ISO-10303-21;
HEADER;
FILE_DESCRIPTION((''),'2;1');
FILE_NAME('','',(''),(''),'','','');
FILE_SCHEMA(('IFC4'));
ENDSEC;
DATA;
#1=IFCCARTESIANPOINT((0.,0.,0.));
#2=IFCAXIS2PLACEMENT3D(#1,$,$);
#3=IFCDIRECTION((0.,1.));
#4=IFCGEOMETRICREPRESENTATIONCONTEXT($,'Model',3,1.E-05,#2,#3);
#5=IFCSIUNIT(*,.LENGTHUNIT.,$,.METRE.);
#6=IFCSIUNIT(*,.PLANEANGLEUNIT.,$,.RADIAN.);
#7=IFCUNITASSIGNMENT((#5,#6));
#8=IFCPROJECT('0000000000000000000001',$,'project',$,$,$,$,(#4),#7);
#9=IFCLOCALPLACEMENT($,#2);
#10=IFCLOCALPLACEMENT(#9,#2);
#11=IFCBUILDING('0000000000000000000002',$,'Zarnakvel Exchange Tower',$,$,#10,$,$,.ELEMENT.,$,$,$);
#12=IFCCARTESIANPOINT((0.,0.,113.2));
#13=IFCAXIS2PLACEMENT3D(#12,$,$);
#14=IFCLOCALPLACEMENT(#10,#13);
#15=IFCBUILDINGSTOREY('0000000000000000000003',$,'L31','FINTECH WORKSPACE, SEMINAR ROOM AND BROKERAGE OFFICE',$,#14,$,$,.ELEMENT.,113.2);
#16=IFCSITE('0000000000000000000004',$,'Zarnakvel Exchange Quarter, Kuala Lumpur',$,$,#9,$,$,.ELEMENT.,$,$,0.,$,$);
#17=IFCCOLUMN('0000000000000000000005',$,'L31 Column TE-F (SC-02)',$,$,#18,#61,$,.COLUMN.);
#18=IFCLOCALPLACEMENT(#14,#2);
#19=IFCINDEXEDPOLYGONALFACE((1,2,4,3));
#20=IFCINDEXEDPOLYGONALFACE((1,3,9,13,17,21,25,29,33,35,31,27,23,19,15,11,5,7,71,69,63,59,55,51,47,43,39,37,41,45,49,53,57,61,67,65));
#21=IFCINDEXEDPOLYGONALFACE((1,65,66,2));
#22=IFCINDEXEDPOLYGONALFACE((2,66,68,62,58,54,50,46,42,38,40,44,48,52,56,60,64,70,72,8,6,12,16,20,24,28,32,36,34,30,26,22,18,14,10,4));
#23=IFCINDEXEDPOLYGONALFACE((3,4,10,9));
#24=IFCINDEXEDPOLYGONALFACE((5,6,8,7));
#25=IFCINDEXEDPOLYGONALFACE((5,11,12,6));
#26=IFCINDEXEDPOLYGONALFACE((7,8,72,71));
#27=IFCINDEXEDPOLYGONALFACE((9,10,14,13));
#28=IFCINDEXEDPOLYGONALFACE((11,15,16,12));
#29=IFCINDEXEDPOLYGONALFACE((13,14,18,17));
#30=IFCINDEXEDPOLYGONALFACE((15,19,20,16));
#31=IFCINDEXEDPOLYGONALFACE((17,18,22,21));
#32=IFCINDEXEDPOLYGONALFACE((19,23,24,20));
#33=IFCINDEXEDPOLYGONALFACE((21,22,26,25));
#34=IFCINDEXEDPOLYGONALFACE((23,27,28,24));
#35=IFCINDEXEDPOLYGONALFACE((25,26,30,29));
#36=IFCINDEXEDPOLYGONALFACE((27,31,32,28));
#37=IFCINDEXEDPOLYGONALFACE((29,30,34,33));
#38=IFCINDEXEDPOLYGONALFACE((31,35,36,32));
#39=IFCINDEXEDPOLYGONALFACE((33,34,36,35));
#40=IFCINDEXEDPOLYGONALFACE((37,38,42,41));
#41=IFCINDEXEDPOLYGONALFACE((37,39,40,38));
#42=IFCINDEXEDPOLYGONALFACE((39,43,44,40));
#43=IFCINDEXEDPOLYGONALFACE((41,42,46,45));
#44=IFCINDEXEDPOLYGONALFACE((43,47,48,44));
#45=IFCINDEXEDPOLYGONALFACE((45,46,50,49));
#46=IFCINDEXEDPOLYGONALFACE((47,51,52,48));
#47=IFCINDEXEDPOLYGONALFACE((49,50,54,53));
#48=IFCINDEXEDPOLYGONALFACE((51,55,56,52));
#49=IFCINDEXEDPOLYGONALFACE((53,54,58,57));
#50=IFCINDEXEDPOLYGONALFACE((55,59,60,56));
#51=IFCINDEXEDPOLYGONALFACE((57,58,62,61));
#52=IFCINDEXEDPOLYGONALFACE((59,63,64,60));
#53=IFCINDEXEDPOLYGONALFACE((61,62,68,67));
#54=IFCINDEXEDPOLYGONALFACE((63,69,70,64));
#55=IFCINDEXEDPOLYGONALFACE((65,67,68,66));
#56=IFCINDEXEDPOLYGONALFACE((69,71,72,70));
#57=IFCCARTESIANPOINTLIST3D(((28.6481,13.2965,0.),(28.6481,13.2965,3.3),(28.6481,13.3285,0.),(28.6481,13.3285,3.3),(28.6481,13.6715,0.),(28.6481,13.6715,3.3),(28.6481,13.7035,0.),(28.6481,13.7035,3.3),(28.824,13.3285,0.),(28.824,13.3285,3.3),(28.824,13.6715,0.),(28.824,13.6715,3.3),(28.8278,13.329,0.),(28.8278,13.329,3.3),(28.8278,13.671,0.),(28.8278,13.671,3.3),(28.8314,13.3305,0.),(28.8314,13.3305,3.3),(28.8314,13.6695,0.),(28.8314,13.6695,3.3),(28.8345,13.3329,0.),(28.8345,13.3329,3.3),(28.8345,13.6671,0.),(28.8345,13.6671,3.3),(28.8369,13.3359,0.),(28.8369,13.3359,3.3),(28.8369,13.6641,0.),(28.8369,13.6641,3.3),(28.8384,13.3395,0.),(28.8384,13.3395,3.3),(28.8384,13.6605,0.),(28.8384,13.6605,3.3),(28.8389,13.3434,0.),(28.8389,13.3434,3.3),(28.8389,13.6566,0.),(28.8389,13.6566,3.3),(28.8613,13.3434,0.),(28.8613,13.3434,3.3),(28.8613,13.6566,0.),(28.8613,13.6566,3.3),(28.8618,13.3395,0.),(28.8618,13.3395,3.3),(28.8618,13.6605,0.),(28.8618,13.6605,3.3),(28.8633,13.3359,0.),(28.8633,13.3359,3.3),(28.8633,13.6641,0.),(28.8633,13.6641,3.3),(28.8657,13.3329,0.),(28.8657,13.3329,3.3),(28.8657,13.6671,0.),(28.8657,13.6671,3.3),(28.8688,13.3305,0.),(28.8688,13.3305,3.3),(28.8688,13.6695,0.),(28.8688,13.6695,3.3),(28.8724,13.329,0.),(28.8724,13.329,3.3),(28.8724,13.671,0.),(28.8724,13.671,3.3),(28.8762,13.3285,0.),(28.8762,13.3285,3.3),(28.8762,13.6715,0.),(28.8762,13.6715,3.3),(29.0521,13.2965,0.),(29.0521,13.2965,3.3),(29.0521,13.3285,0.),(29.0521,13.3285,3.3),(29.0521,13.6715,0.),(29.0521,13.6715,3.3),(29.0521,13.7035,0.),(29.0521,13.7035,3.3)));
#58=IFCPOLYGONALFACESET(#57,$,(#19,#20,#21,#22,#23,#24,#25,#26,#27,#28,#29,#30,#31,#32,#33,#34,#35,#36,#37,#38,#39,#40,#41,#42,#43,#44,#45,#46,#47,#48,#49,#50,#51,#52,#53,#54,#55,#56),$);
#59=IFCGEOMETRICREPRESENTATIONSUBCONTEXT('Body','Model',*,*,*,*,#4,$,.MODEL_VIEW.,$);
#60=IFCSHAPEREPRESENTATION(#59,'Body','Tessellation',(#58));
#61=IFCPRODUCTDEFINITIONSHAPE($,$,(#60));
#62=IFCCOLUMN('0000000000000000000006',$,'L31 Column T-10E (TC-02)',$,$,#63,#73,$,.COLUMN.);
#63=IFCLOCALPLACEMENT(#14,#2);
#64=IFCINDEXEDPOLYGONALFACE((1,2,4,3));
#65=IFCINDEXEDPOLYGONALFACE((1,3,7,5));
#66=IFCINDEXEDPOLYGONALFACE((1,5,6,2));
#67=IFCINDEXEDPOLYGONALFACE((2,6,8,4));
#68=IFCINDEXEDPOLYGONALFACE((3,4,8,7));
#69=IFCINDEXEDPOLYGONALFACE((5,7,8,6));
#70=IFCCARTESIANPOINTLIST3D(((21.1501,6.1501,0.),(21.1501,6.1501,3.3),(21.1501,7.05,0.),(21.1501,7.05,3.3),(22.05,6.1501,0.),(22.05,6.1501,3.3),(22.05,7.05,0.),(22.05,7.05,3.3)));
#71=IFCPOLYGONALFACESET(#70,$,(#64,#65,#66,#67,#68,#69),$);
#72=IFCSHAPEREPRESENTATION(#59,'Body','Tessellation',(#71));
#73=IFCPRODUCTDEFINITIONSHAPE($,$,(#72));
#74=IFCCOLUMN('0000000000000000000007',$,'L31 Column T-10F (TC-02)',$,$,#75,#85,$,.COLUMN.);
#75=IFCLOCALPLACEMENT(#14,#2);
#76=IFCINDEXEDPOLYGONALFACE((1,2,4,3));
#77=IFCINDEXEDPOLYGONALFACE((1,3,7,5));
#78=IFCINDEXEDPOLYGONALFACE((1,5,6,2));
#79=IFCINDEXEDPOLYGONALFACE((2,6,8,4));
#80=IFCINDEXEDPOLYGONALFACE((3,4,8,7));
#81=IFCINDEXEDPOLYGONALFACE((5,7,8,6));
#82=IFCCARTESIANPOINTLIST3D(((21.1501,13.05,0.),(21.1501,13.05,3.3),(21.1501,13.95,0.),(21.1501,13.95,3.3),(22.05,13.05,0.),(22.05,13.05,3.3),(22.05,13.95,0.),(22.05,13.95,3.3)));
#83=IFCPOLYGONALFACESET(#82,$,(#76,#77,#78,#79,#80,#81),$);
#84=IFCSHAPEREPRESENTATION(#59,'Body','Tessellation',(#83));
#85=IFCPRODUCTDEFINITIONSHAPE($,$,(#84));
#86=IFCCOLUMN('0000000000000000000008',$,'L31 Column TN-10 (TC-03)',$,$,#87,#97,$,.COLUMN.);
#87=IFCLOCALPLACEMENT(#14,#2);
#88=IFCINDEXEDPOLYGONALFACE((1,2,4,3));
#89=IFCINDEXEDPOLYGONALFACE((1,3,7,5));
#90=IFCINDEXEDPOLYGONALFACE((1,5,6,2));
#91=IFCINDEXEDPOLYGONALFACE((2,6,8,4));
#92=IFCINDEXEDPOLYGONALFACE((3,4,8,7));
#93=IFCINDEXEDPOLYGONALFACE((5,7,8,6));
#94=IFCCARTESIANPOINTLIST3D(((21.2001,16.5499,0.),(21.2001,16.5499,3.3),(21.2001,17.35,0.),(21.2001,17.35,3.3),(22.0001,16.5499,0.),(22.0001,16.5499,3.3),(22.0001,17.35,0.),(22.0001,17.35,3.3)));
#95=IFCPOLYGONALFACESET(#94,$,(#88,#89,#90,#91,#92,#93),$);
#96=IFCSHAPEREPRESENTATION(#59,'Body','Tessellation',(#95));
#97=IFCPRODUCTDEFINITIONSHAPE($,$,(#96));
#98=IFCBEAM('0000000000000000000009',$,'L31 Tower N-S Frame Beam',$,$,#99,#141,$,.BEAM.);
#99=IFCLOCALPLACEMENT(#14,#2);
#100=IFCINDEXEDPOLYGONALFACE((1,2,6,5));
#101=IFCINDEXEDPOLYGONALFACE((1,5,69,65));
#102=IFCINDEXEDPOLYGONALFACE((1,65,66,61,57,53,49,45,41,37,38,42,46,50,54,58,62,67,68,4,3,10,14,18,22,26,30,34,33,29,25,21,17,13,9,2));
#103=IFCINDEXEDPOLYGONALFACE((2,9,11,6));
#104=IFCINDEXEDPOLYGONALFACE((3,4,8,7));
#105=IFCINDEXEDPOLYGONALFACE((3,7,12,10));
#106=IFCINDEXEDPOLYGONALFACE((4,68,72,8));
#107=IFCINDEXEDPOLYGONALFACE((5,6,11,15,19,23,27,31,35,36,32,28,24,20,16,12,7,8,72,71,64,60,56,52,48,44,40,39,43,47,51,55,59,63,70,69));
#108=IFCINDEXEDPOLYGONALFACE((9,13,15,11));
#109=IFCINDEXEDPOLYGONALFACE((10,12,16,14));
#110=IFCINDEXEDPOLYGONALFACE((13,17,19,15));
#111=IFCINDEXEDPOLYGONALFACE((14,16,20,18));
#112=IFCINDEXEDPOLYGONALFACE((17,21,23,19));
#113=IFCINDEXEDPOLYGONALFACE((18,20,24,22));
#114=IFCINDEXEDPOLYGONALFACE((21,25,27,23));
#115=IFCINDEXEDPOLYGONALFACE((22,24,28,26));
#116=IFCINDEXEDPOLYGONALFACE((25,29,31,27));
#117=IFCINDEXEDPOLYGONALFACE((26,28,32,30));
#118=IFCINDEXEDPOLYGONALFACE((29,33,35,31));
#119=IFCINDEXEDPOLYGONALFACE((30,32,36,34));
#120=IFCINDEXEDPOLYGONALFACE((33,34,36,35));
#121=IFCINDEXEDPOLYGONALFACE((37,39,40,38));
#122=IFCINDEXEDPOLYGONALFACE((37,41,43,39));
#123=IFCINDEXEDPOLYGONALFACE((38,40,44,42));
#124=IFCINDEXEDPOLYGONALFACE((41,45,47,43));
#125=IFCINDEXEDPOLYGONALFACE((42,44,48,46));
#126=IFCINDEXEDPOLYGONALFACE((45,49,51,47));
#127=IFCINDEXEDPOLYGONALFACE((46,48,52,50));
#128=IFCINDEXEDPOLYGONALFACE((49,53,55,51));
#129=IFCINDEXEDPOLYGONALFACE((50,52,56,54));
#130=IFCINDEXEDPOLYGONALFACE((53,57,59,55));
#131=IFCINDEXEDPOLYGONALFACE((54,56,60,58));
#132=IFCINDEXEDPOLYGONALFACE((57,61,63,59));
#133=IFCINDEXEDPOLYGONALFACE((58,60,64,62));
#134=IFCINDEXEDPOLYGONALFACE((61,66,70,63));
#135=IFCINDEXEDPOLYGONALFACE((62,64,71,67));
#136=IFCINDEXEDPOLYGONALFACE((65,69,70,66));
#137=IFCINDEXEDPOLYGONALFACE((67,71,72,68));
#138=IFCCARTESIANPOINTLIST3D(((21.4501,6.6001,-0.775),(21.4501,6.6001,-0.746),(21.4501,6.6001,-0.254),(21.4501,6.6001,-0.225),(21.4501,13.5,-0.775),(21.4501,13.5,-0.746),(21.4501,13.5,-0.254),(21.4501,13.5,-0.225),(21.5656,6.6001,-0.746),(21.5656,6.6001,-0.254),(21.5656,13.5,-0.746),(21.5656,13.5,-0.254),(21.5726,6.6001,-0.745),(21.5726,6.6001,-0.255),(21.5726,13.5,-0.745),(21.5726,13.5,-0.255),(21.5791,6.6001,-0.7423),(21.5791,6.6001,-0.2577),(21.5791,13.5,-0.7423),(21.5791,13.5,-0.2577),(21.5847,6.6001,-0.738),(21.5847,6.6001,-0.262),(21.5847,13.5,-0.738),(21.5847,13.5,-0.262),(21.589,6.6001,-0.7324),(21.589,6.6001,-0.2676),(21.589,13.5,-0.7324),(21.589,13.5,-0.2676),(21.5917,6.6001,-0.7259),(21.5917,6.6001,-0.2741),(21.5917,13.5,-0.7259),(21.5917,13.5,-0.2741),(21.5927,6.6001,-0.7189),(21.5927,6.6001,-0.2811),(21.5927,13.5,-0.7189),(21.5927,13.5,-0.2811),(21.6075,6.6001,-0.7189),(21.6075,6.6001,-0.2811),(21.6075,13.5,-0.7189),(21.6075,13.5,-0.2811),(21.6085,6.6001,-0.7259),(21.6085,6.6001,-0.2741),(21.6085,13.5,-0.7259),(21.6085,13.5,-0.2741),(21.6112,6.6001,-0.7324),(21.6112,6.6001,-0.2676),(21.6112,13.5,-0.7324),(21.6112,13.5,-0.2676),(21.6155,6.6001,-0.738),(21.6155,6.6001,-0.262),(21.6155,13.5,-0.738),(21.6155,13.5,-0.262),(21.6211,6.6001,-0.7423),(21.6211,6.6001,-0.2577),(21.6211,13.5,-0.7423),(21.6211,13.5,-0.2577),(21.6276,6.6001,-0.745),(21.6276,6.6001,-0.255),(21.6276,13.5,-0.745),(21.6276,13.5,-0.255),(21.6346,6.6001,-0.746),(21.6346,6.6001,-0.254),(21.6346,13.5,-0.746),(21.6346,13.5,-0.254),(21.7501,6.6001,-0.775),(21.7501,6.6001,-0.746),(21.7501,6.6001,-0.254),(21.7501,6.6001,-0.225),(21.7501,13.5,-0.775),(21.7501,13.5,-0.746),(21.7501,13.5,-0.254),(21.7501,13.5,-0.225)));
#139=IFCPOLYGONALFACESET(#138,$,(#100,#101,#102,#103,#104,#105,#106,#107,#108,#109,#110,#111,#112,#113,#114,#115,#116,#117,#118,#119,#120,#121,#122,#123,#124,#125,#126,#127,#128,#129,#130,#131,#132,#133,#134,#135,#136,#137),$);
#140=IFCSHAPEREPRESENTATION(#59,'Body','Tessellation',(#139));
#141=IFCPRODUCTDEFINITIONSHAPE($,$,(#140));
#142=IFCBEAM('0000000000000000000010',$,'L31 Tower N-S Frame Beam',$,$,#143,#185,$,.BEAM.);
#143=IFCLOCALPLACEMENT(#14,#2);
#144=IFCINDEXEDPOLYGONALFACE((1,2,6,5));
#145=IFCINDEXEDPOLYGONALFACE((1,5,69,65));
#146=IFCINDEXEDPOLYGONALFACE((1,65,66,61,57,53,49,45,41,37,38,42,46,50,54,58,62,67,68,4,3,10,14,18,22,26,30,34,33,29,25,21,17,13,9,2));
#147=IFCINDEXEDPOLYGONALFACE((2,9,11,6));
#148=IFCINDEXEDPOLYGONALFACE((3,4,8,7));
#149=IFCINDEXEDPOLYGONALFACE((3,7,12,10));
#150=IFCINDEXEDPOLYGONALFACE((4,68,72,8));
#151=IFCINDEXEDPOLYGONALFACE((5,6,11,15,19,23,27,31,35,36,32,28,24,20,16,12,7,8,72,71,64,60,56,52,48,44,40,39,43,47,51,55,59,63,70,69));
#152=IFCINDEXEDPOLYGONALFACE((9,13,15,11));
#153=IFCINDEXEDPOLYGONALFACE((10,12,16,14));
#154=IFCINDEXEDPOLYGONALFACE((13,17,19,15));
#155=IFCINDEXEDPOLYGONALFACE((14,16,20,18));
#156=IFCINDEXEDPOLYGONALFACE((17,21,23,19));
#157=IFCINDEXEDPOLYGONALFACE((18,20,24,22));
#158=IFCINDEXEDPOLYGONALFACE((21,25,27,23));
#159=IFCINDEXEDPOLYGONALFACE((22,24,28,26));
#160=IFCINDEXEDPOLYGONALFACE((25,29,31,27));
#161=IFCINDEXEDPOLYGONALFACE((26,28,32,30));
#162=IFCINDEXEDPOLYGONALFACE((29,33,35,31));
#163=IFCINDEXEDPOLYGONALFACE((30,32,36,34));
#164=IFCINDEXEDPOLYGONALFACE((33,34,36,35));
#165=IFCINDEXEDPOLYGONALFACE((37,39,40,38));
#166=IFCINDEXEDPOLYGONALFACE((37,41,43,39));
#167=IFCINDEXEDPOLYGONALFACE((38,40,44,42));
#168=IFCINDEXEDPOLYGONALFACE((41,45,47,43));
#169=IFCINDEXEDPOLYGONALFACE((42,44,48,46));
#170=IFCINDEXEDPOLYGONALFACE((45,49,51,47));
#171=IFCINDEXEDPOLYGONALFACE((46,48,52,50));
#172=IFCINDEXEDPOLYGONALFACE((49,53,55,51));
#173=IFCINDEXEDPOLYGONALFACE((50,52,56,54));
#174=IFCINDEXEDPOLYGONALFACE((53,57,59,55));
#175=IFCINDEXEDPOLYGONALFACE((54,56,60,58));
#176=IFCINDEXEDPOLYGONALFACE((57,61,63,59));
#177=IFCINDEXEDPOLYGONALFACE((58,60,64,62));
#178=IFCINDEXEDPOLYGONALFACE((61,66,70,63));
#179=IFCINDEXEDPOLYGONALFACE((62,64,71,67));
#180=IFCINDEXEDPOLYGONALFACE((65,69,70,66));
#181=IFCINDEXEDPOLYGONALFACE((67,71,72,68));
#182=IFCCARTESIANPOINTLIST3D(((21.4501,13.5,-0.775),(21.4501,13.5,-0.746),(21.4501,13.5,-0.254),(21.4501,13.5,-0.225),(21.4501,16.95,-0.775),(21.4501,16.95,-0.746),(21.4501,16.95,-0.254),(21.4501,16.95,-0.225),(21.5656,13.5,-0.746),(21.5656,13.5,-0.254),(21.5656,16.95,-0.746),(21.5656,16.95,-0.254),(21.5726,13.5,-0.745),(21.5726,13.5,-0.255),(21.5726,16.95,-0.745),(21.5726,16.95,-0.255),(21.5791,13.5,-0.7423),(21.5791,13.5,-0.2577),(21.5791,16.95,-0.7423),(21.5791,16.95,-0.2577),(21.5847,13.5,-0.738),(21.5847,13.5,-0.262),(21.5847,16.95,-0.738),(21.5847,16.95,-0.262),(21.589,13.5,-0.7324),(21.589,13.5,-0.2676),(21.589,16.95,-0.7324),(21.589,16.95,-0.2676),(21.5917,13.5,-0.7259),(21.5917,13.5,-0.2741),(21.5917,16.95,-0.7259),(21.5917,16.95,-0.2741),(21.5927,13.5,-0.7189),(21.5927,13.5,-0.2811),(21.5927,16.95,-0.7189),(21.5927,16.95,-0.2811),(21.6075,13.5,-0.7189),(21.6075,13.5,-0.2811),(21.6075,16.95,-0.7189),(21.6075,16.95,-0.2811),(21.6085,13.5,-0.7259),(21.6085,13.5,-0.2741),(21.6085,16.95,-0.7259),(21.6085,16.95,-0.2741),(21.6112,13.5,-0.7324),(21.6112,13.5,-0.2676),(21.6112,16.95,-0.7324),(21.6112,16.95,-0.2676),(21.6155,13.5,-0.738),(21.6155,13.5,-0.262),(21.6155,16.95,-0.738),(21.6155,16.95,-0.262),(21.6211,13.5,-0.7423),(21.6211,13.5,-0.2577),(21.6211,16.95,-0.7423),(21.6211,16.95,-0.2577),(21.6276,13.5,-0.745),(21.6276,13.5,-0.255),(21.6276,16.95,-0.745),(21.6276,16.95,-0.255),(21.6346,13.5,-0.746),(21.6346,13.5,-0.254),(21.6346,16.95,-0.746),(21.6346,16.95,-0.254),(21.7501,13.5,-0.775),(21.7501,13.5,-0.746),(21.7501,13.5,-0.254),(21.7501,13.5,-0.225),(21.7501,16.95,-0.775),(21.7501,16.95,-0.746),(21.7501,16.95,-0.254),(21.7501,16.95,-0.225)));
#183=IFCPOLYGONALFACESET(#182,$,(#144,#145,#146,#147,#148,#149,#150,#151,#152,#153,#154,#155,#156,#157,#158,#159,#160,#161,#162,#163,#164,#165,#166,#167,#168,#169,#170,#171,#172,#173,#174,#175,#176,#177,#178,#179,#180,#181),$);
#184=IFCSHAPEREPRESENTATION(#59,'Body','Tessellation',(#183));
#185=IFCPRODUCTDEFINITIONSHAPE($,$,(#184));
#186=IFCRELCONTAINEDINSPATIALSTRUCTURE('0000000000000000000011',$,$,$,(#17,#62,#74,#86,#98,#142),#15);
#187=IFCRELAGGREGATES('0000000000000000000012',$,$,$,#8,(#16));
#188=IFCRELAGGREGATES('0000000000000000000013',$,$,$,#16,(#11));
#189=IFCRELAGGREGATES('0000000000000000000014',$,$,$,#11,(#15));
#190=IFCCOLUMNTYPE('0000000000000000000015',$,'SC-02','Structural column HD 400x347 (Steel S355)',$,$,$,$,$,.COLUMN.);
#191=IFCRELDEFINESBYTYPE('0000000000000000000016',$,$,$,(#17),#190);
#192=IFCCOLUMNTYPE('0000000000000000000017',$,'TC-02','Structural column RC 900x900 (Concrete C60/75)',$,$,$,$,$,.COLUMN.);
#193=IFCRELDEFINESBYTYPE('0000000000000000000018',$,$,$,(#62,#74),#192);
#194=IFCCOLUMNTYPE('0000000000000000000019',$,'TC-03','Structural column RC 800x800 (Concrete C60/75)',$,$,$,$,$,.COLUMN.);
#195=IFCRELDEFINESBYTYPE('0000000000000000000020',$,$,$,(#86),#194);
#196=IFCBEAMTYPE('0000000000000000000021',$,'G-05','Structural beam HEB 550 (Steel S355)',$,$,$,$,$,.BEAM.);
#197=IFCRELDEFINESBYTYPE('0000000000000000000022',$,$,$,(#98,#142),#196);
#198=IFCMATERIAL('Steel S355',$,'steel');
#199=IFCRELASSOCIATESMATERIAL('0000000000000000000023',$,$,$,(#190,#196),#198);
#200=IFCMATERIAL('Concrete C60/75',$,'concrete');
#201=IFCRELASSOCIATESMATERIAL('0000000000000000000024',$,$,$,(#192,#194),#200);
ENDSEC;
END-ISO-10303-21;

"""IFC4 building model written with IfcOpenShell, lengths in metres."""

from ifc_helpers import new_model, si_unit, direction, frame, origin, origin_2d, place, context, subcontext, project, spatial, rectangle, i_section, extrude, material, material_profile, profile_set, type_object, element, save


model = new_model("IFC4")

# Units and contexts
model_context = context("Model", 3, precision=1e-05, world=origin(), true_north=direction((0.0, 1.0)))
body_context = subcontext(model_context, "Body", "Model", "MODEL_VIEW")
ifc_project = project(units=[si_unit("LENGTHUNIT", "METRE"), si_unit("PLANEANGLEUNIT", "RADIAN")], contexts=[model_context])

# Site, building, storey
site_placement = place(None, origin())
site = spatial("IfcSite", under=ifc_project, at=site_placement, Name="Zarnakvel Exchange Quarter, Kuala Lumpur", CompositionType="ELEMENT", RefElevation=0.0)
building_placement = place(site_placement, origin())
building = spatial("IfcBuilding", under=site, at=building_placement, Name="Zarnakvel Exchange Tower", CompositionType="ELEMENT")
storey_placement = place(building_placement, frame((0.0, 0.0, 113.2)))
storey = spatial("IfcBuildingStorey", under=building, at=storey_placement, Name="L31", Description="FINTECH WORKSPACE, SEMINAR ROOM AND BROKERAGE OFFICE", CompositionType="ELEMENT", Elevation=113.2)

# Columns
ifc_material_1 = material(Name="Steel S355", Category="steel")
ifc_material_profile_1 = material_profile(ifc_material_1, i_section(OverallWidth=0.4041, OverallDepth=0.407, WebThickness=0.0225, FlangeThickness=0.032, FilletRadius=0.0149, at=origin_2d()))
ifc_profile_set_1 = profile_set([ifc_material_profile_1], Name="Steel S355")
column_type_1 = type_object("IfcColumnType", Name="SC-02", Description="Structural column HD 400x347 (Steel S355)", PredefinedType="COLUMN", material=ifc_profile_set_1)
column_1_placement = place(storey_placement, frame((28.8501, 13.5, 0.0), z_axis=(0.0, 0.0, 1.0), x_axis=(1.0, 0.0, 0.0)))
element("IfcColumn", 1, at=column_1_placement, inside=storey, type_object=column_type_1, Name="L31 Column TE-F (SC-02)", PredefinedType="COLUMN", context=body_context, shape_type="SweptSolid", body=[
    extrude(i_section(OverallWidth=0.4041, OverallDepth=0.407, WebThickness=0.0225, FlangeThickness=0.032, FilletRadius=0.0149, at=origin_2d()), origin(), (0.0, 0.0, 1.0), 3.3),
])
ifc_material_2 = material(Name="Concrete C60/75", Category="concrete")
ifc_material_profile_2 = material_profile(ifc_material_2, rectangle(XDim=0.8999, YDim=0.8999, at=origin_2d()))
ifc_profile_set_2 = profile_set([ifc_material_profile_2], Name="Concrete C60/75")
column_type_2 = type_object("IfcColumnType", Name="TC-02", Description="Structural column RC 900x900 (Concrete C60/75)", PredefinedType="COLUMN", material=ifc_profile_set_2)
for number, where, z_axis, x_axis, name in (
    (2, (21.6001, 6.6001, 0.0), (0.0, 0.0, 1.0), (1.0, 0.0, 0.0), "L31 Column T-10E (TC-02)"),
    (3, (21.6001, 13.5, 0.0), (0.0, 0.0, 1.0), (1.0, 0.0, 0.0), "L31 Column T-10F (TC-02)"),
):
    element("IfcColumn", number, at=place(storey_placement, frame(where, z_axis=z_axis, x_axis=x_axis)), inside=storey, type_object=column_type_2, Name=name, PredefinedType="COLUMN", context=body_context, shape_type="SweptSolid", body=[
        extrude(rectangle(XDim=0.8999, YDim=0.8999, at=origin_2d()), origin(), (0.0, 0.0, 1.0), 3.3),
    ])
ifc_material_profile_3 = material_profile(ifc_material_2, rectangle(XDim=0.8, YDim=0.8, at=origin_2d()))
ifc_profile_set_3 = profile_set([ifc_material_profile_3], Name="Concrete C60/75")
column_type_3 = type_object("IfcColumnType", Name="TC-03", Description="Structural column RC 800x800 (Concrete C60/75)", PredefinedType="COLUMN", material=ifc_profile_set_3)
column_2_placement = place(storey_placement, frame((21.6001, 16.95, 0.0), z_axis=(0.0, 0.0, 1.0), x_axis=(1.0, 0.0, 0.0)))
element("IfcColumn", 4, at=column_2_placement, inside=storey, type_object=column_type_3, Name="L31 Column TN-10 (TC-03)", PredefinedType="COLUMN", context=body_context, shape_type="SweptSolid", body=[
    extrude(rectangle(XDim=0.8, YDim=0.8, at=origin_2d()), origin(), (0.0, 0.0, 1.0), 3.3),
])

# Beams
ifc_material_profile_4 = material_profile(ifc_material_1, i_section(OverallWidth=0.3, OverallDepth=0.55, WebThickness=0.0149, FlangeThickness=0.0291, FilletRadius=0.0271, at=origin_2d()))
ifc_profile_set_4 = profile_set([ifc_material_profile_4], Name="Steel S355")
beam_type_1 = type_object("IfcBeamType", Name="G-05", Description="Structural beam HEB 550 (Steel S355)", PredefinedType="BEAM", material=ifc_profile_set_4)
beam_1_placement = place(storey_placement, frame((21.6001, 6.6001, -0.5), z_axis=(0.0, 1.0, 0.0), x_axis=(-1.0, 0.0, 0.0)))
element("IfcBeam", 5, at=beam_1_placement, inside=storey, type_object=beam_type_1, Name="L31 Tower N-S Frame Beam", PredefinedType="BEAM", context=body_context, shape_type="SweptSolid", body=[
    extrude(i_section(OverallWidth=0.3, OverallDepth=0.55, WebThickness=0.0149, FlangeThickness=0.0291, FilletRadius=0.0271, at=origin_2d()), origin(), (0.0, 0.0, 1.0), 6.8999),
])
beam_2_placement = place(storey_placement, frame((21.6001, 13.5, -0.5), z_axis=(0.0, 1.0, 0.0), x_axis=(-1.0, 0.0, 0.0)))
element("IfcBeam", 6, at=beam_2_placement, inside=storey, type_object=beam_type_1, Name="L31 Tower N-S Frame Beam", PredefinedType="BEAM", context=body_context, shape_type="SweptSolid", body=[
    extrude(i_section(OverallWidth=0.3, OverallDepth=0.55, WebThickness=0.0149, FlangeThickness=0.0291, FilletRadius=0.0271, at=origin_2d()), origin(), (0.0, 0.0, 1.0), 3.45),
])

save(model, "model.ifc")
